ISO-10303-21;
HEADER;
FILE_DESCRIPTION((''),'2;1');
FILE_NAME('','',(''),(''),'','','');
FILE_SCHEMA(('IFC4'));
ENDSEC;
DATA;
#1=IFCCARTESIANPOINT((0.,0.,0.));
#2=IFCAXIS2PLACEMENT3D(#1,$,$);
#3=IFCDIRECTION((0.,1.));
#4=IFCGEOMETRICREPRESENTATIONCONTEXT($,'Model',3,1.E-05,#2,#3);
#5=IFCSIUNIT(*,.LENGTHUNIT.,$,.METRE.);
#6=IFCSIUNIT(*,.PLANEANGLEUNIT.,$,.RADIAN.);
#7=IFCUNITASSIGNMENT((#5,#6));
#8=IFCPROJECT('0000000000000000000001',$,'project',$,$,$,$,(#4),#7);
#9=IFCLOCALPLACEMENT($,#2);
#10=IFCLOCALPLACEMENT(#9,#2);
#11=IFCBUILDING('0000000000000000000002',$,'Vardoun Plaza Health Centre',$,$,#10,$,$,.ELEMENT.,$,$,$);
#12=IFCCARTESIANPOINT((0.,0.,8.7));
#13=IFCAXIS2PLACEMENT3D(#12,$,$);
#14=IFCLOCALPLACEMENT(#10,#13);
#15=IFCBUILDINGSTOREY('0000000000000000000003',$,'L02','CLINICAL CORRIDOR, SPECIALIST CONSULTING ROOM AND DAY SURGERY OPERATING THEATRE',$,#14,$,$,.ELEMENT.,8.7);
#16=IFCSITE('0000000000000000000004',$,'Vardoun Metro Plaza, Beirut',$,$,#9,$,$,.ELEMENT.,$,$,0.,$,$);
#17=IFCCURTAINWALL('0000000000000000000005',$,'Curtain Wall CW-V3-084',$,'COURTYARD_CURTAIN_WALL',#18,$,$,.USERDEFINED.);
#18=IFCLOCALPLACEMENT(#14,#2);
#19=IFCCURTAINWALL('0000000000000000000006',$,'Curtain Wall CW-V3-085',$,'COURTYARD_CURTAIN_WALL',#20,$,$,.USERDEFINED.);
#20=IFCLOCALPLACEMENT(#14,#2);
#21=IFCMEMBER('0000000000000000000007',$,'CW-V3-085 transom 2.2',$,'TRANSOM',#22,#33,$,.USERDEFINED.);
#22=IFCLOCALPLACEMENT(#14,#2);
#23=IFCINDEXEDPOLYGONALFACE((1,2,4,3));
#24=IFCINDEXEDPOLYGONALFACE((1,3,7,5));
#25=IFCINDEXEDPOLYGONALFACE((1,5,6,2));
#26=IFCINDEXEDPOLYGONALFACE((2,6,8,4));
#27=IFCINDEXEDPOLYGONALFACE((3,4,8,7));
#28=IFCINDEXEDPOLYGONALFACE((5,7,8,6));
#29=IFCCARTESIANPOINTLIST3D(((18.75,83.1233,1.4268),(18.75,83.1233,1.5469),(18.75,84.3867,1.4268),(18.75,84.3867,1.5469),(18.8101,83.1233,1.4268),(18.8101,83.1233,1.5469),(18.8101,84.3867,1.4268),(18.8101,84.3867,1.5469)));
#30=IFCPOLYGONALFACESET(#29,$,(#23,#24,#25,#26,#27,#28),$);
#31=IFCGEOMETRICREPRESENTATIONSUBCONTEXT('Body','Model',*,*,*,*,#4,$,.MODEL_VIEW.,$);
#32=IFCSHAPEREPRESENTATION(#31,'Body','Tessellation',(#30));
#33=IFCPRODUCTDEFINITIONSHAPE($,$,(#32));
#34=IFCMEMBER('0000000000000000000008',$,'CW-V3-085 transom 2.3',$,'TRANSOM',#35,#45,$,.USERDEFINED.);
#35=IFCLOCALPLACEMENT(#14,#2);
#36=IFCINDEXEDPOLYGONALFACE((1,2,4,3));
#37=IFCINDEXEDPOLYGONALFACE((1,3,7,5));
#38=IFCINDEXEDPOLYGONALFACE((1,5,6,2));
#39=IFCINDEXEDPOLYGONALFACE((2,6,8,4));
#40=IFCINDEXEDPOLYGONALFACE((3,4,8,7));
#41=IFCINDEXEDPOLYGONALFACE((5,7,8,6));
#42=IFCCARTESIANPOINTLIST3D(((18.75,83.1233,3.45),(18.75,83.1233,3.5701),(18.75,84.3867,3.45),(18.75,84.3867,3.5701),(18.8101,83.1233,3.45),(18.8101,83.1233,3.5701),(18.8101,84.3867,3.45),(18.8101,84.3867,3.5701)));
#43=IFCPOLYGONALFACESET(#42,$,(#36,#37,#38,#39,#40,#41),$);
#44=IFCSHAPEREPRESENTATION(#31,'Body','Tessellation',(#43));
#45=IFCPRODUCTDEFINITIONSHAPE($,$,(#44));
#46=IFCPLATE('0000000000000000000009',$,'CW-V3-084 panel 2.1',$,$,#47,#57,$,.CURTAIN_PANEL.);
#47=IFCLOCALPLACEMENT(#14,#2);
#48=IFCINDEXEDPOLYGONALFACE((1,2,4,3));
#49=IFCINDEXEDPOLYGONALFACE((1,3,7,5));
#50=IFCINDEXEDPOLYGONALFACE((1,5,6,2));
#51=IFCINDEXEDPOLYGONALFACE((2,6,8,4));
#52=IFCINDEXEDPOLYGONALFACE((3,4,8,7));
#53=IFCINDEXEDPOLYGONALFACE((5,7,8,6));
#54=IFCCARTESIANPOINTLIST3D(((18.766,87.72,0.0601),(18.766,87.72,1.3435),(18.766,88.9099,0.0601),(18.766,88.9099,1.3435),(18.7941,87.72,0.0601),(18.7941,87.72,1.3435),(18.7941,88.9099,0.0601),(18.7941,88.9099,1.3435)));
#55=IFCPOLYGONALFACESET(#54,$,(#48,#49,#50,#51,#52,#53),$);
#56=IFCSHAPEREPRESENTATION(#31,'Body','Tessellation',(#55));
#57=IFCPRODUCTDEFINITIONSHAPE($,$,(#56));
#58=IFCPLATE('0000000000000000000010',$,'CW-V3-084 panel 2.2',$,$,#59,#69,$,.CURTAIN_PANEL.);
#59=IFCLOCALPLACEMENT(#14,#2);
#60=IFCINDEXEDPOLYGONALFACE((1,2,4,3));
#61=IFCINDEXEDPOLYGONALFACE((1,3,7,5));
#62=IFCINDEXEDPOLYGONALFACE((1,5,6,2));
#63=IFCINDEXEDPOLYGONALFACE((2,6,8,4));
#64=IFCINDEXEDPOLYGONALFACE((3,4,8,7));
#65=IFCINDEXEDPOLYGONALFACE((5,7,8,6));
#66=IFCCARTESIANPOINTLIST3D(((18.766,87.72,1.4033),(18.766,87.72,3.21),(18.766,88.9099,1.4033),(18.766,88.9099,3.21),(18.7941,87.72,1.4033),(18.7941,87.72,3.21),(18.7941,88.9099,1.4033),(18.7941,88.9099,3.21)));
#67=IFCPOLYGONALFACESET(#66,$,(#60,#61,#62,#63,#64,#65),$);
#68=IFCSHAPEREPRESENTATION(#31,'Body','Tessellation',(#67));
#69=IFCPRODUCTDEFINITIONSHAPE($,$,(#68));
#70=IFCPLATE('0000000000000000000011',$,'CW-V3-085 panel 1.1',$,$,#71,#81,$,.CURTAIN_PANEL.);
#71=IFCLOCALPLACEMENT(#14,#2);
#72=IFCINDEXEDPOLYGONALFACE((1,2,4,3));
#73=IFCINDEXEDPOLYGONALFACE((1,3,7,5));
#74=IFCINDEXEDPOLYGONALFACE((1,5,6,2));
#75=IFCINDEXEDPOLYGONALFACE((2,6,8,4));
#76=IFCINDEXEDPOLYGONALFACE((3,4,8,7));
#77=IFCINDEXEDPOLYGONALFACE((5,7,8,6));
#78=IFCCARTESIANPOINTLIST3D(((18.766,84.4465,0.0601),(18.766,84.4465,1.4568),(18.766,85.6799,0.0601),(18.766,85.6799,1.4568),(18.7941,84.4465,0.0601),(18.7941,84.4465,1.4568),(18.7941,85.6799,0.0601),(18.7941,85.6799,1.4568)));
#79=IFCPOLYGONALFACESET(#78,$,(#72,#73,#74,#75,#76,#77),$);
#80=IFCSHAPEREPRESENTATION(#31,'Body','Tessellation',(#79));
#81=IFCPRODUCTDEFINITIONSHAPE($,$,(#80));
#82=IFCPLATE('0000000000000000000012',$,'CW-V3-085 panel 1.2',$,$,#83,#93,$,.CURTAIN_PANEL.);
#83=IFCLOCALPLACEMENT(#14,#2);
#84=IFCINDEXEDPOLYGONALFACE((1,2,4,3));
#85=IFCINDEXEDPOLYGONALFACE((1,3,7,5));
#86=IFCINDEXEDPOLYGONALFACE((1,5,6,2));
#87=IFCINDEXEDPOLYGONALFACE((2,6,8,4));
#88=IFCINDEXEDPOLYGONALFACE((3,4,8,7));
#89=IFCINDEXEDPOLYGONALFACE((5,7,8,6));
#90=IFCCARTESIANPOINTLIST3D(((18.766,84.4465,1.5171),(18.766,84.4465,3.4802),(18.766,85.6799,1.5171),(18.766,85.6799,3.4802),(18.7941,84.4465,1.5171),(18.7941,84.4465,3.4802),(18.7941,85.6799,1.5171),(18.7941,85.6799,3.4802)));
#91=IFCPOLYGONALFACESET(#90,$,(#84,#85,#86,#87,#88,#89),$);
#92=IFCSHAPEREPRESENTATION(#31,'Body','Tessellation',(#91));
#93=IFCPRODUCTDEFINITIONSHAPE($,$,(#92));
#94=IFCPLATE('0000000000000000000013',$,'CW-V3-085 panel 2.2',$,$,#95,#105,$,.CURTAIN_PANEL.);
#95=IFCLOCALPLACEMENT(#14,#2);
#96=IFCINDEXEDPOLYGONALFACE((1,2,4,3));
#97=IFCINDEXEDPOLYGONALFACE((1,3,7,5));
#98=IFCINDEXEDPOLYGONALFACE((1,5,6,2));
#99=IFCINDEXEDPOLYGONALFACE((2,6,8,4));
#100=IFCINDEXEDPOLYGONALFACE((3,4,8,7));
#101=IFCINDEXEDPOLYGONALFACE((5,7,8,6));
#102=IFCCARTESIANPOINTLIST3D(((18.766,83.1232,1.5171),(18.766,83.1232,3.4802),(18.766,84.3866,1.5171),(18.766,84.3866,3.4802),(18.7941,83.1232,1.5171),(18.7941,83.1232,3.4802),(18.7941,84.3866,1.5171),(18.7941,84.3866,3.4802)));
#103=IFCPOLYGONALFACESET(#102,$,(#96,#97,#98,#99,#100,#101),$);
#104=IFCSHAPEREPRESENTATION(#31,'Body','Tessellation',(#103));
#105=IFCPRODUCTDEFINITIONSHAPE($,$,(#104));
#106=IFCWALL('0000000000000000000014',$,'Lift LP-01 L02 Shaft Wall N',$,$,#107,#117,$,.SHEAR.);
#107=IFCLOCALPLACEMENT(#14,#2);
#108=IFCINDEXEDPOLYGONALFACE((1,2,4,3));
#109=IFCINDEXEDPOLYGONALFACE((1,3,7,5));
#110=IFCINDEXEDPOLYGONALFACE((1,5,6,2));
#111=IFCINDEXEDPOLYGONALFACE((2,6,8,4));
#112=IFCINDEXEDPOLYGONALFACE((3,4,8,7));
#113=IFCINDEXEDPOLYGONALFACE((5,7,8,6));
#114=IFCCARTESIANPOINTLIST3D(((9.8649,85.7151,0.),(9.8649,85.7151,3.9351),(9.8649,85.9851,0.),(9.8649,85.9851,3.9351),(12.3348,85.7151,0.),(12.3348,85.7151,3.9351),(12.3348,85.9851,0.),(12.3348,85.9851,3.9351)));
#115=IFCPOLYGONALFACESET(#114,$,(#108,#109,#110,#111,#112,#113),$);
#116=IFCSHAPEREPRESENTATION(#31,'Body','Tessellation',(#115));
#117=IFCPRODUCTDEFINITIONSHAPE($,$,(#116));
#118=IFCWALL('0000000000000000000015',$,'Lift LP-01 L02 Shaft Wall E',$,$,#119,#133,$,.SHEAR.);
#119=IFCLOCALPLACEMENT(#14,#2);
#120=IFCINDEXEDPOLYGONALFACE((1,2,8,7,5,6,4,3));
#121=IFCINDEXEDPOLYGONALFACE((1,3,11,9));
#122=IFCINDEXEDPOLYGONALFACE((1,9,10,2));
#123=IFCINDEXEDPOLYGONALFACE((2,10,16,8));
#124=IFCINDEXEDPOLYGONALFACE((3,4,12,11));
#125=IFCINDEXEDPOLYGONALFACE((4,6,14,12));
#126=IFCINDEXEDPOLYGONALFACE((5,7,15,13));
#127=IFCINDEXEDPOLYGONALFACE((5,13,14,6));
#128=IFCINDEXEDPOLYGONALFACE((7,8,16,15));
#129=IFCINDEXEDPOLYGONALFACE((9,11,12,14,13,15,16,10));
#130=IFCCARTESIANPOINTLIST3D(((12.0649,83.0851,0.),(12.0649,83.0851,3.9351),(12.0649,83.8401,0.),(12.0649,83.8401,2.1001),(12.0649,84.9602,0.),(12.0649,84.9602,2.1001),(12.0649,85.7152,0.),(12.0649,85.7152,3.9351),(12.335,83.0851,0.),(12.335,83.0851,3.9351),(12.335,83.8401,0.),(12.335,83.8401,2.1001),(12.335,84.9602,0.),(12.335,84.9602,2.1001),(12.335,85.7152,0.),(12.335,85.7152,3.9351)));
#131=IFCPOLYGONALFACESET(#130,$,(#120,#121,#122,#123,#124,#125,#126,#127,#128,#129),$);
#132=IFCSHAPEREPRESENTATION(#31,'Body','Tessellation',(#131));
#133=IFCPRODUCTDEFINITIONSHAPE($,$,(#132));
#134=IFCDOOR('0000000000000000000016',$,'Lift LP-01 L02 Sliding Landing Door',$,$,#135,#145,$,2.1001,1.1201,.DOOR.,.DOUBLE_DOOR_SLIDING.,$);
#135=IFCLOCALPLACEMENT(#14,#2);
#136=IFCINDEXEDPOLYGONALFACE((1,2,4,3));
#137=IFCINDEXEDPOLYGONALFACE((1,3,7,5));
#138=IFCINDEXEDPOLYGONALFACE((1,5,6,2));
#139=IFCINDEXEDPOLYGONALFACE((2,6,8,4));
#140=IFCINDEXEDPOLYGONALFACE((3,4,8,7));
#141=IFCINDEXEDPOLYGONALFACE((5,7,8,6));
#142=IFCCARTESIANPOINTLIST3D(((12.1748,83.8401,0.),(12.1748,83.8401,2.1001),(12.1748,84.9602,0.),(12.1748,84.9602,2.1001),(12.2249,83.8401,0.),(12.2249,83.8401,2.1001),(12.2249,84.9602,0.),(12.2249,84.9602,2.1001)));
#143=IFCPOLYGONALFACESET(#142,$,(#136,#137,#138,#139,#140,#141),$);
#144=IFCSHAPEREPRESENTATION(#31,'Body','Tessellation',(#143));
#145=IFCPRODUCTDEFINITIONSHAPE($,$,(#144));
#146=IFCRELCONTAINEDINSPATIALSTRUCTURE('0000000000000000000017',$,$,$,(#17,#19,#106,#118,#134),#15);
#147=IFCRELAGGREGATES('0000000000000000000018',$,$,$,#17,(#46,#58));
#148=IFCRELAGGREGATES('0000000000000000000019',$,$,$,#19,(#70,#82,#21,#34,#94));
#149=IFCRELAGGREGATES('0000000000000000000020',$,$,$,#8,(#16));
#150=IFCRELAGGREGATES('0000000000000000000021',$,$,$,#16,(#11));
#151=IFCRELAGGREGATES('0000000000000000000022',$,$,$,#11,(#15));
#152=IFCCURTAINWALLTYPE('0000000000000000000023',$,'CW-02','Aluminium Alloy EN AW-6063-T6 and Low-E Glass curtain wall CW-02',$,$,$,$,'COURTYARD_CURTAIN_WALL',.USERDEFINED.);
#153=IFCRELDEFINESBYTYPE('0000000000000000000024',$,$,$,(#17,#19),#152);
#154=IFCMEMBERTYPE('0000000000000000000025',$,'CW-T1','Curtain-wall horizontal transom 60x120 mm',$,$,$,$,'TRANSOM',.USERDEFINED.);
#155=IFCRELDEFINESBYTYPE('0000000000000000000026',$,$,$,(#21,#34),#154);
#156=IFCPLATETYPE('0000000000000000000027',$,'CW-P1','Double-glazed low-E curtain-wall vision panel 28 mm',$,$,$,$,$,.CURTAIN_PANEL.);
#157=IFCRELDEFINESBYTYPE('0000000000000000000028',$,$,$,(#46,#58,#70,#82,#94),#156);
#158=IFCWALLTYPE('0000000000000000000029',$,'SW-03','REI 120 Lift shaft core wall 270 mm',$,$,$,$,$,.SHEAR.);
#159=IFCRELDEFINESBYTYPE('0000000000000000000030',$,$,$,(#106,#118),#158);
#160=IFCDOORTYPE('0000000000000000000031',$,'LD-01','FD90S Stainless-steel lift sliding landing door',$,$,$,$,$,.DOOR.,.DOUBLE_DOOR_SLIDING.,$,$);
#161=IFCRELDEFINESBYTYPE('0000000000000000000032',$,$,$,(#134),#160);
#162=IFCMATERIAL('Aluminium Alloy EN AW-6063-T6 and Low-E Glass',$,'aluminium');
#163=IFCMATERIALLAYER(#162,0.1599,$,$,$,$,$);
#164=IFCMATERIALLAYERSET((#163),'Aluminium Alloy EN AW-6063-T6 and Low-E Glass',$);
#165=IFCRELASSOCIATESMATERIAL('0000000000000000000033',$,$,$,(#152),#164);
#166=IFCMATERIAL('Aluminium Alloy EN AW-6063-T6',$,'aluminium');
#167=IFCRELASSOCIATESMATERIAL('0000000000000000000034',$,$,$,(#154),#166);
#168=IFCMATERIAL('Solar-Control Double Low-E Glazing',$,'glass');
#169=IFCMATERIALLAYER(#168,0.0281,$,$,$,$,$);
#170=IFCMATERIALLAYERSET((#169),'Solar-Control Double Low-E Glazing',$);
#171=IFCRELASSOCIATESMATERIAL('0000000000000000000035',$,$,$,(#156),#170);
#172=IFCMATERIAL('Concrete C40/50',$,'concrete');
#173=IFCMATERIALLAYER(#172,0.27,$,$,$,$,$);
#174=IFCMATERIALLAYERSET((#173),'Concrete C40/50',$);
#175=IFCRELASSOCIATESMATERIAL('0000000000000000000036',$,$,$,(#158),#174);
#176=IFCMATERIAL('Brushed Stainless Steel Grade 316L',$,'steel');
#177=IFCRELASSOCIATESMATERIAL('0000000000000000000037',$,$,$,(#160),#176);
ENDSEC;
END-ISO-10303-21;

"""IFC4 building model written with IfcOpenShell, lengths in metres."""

from ifc_helpers import new_model, si_unit, direction, frame, frame_2d, origin, origin_2d, place, context, subcontext, project, spatial, rectangle, extrude, material, layer, layer_set, material_profile, profile_set, type_object, element, fill, aggregate, save


model = new_model("IFC4")

# Units and contexts
model_context = context("Model", 3, precision=1e-05, world=origin(), true_north=direction((0.0, 1.0)))
body_context = subcontext(model_context, "Body", "Model", "MODEL_VIEW")
ifc_project = project(units=[si_unit("LENGTHUNIT", "METRE"), si_unit("PLANEANGLEUNIT", "RADIAN")], contexts=[model_context])

# Site, building, storey
site_placement = place(None, origin())
site = spatial("IfcSite", under=ifc_project, at=site_placement, Name="Vardoun Metro Plaza, Beirut", CompositionType="ELEMENT", RefElevation=0.0)
building_placement = place(site_placement, origin())
building = spatial("IfcBuilding", under=site, at=building_placement, Name="Vardoun Plaza Health Centre", CompositionType="ELEMENT")
storey_placement = place(building_placement, frame((0.0, 0.0, 8.7)))
storey = spatial("IfcBuildingStorey", under=building, at=storey_placement, Name="L02", Description="CLINICAL CORRIDOR, SPECIALIST CONSULTING ROOM AND DAY SURGERY OPERATING THEATRE", CompositionType="ELEMENT", Elevation=8.7)

# Curtain wall
ifc_material_1 = material(Name="Aluminium Alloy EN AW-6063-T6 and Low-E Glass", Category="aluminium")
ifc_layer_1 = layer(ifc_material_1, 0.1599)
ifc_layer_set_1 = layer_set([ifc_layer_1], Name="Aluminium Alloy EN AW-6063-T6 and Low-E Glass")
curtain_wall_type = type_object("IfcCurtainWallType", Name="CW-02", Description="Aluminium Alloy EN AW-6063-T6 and Low-E Glass curtain wall CW-02", ElementType="COURTYARD_CURTAIN_WALL", PredefinedType="USERDEFINED", material=ifc_layer_set_1)
curtain_wall_1_placement = place(storey_placement, origin())
curtain_wall_1 = element("IfcCurtainWall", 1, at=curtain_wall_1_placement, inside=storey, type_object=curtain_wall_type, Name="Curtain Wall CW-V3-084", ObjectType="COURTYARD_CURTAIN_WALL", PredefinedType="USERDEFINED")

# Curtain wall, members
curtain_wall_2_placement = place(storey_placement, origin())
curtain_wall_2 = element("IfcCurtainWall", 2, at=curtain_wall_2_placement, inside=storey, type_object=curtain_wall_type, Name="Curtain Wall CW-V3-085", ObjectType="COURTYARD_CURTAIN_WALL", PredefinedType="USERDEFINED")
ifc_material_2 = material(Name="Aluminium Alloy EN AW-6063-T6", Category="aluminium")
ifc_material_profile_1 = material_profile(ifc_material_2, rectangle(XDim=0.0601, YDim=0.1201, at=origin_2d()), Name="CWT 60x120")
ifc_profile_set_1 = profile_set([ifc_material_profile_1], Name="Aluminium Alloy EN AW-6063-T6")
member_type_1 = type_object("IfcMemberType", Name="CW-T1", Description="Curtain-wall horizontal transom 60x120 mm", ElementType="TRANSOM", PredefinedType="USERDEFINED", material=ifc_profile_set_1)
member_1_placement = place(storey_placement, frame((18.78, 84.3867, 1.4868), z_axis=(0.0, -1.0, 0.0), x_axis=(1.0, 0.0, 0.0)))
member_1 = element("IfcMember", 3, at=member_1_placement, type_object=member_type_1, Name="CW-V3-085 transom 2.2", ObjectType="TRANSOM", PredefinedType="USERDEFINED", context=body_context, shape_type="SweptSolid", body=[
    extrude(rectangle(XDim=0.0601, YDim=0.1201, at=origin_2d()), origin(), (0.0, 0.0, 1.0), 1.2634),
])
member_2_placement = place(storey_placement, frame((18.78, 84.3867, 3.51), z_axis=(0.0, -1.0, 0.0), x_axis=(1.0, 0.0, 0.0)))
member_2 = element("IfcMember", 4, at=member_2_placement, type_object=member_type_1, Name="CW-V3-085 transom 2.3", ObjectType="TRANSOM", PredefinedType="USERDEFINED", context=body_context, shape_type="SweptSolid", body=[
    extrude(rectangle(XDim=0.0601, YDim=0.1201, at=origin_2d()), origin(), (0.0, 0.0, 1.0), 1.2634),
])

# Plates
ifc_material_3 = material(Name="Solar-Control Double Low-E Glazing", Category="glass")
ifc_layer_2 = layer(ifc_material_3, 0.0281)
ifc_layer_set_2 = layer_set([ifc_layer_2], Name="Solar-Control Double Low-E Glazing")
plate_type = type_object("IfcPlateType", Name="CW-P1", Description="Double-glazed low-E curtain-wall vision panel 28 mm", PredefinedType="CURTAIN_PANEL", material=ifc_layer_set_2)
plate_1_placement = place(storey_placement, frame((18.78, 88.3149, 0.0601), z_axis=(0.0, 0.0, 1.0), x_axis=(0.0, -1.0, 0.0)))
plate_1 = element("IfcPlate", 5, at=plate_1_placement, type_object=plate_type, Name="CW-V3-084 panel 2.1", PredefinedType="CURTAIN_PANEL", context=body_context, shape_type="SweptSolid", body=[
    extrude(rectangle(XDim=1.1899, YDim=0.0281, at=origin_2d()), origin(), (0.0, 0.0, 1.0), 1.2834),
])
plate_2_placement = place(storey_placement, frame((18.78, 88.3149, 1.4033), z_axis=(0.0, 0.0, 1.0), x_axis=(0.0, -1.0, 0.0)))
plate_2 = element("IfcPlate", 6, at=plate_2_placement, type_object=plate_type, Name="CW-V3-084 panel 2.2", PredefinedType="CURTAIN_PANEL", context=body_context, shape_type="SweptSolid", body=[
    extrude(rectangle(XDim=1.1899, YDim=0.0281, at=origin_2d()), origin(), (0.0, 0.0, 1.0), 1.8066),
])
aggregate(curtain_wall_1, [plate_1, plate_2])
plate_3_placement = place(storey_placement, frame((18.78, 85.0632, 0.0601), z_axis=(0.0, 0.0, 1.0), x_axis=(0.0, -1.0, 0.0)))
plate_3 = element("IfcPlate", 7, at=plate_3_placement, type_object=plate_type, Name="CW-V3-085 panel 1.1", PredefinedType="CURTAIN_PANEL", context=body_context, shape_type="SweptSolid", body=[
    extrude(rectangle(XDim=1.2334, YDim=0.0281, at=origin_2d()), origin(), (0.0, 0.0, 1.0), 1.3967),
])
plate_4_placement = place(storey_placement, frame((18.78, 85.0632, 1.5171), z_axis=(0.0, 0.0, 1.0), x_axis=(0.0, -1.0, 0.0)))
plate_4 = element("IfcPlate", 8, at=plate_4_placement, type_object=plate_type, Name="CW-V3-085 panel 1.2", PredefinedType="CURTAIN_PANEL", context=body_context, shape_type="SweptSolid", body=[
    extrude(rectangle(XDim=1.2334, YDim=0.0281, at=origin_2d()), origin(), (0.0, 0.0, 1.0), 1.9631),
])
plate_5_placement = place(storey_placement, frame((18.78, 83.7549, 1.5171), z_axis=(0.0, 0.0, 1.0), x_axis=(0.0, -1.0, 0.0)))
plate_5 = element("IfcPlate", 9, at=plate_5_placement, type_object=plate_type, Name="CW-V3-085 panel 2.2", PredefinedType="CURTAIN_PANEL", context=body_context, shape_type="SweptSolid", body=[
    extrude(rectangle(XDim=1.2634, YDim=0.0281, at=origin_2d()), origin(), (0.0, 0.0, 1.0), 1.9631),
])
aggregate(curtain_wall_2, [plate_3, plate_4, member_1, member_2, plate_5])

# Wall
ifc_material_4 = material(Name="Concrete C40/50", Category="concrete")
ifc_layer_3 = layer(ifc_material_4, 0.27)
ifc_layer_set_3 = layer_set([ifc_layer_3], Name="Concrete C40/50")
wall_type_1 = type_object("IfcWallType", Name="SW-03", Description="REI 120 Lift shaft core wall 270 mm", PredefinedType="SHEAR", material=ifc_layer_set_3)
wall_1_placement = place(storey_placement, frame((9.865, 85.8501, 0.0), z_axis=(0.0, 0.0, 1.0), x_axis=(1.0, 0.0, 0.0)))
element("IfcWall", 10, at=wall_1_placement, inside=storey, type_object=wall_type_1, Name="Lift LP-01 L02 Shaft Wall N", PredefinedType="SHEAR", context=body_context, shape_type="SweptSolid", body=[
    extrude(rectangle(XDim=2.47, YDim=0.27, at=frame_2d((1.2349, 0.0))), origin(), (0.0, 0.0, 1.0), 3.9351),
])

# Wall, opening, door
wall_2_placement = place(storey_placement, frame((12.2, 85.7151, 0.0), z_axis=(0.0, 0.0, 1.0), x_axis=(0.0, -1.0, 0.0)))
wall_2 = element("IfcWall", 11, at=wall_2_placement, inside=storey, type_object=wall_type_1, Name="Lift LP-01 L02 Shaft Wall E", PredefinedType="SHEAR", context=body_context, shape_type="SweptSolid", body=[
    extrude(rectangle(XDim=2.6301, YDim=0.27, at=frame_2d((1.3149, 0.0))), origin(), (0.0, 0.0, 1.0), 3.9351),
])
opening_1_placement = place(wall_2_placement, frame((0.7549, 0.0, 0.0)))
opening_1 = element("IfcOpeningElement", 12, at=opening_1_placement, cuts=wall_2, PredefinedType="OPENING", context=body_context, shape_type="SweptSolid", body=[
    extrude(rectangle(XDim=1.1201, YDim=2.1001, at=frame_2d((0.5601, 1.05))), frame((0.0, 0.135, 0.0), z_axis=(0.0, -1.0, 0.0), x_axis=(1.0, 0.0, 0.0)), (0.0, 0.0, 1.0), 0.27),
])
ifc_material_5 = material(Name="Brushed Stainless Steel Grade 316L", Category="steel")
door_type = type_object("IfcDoorType", Name="LD-01", Description="FD90S Stainless-steel lift sliding landing door", OperationType="DOUBLE_DOOR_SLIDING", PredefinedType="DOOR", material=ifc_material_5)
door_placement = place(opening_1_placement, origin())
door = element("IfcDoor", 13, at=door_placement, inside=storey, type_object=door_type, Name="Lift LP-01 L02 Sliding Landing Door", OperationType="DOUBLE_DOOR_SLIDING", OverallHeight=2.1001, OverallWidth=1.1201, PredefinedType="DOOR", context=body_context, shape_type="SweptSolid", body=[
    extrude(rectangle(XDim=1.1201, YDim=2.1001, at=frame_2d((0.5601, 1.05))), frame((0.0, 0.0249, 0.0), z_axis=(0.0, -1.0, 0.0), x_axis=(1.0, 0.0, 0.0)), (0.0, 0.0, 1.0), 0.05),
])
fill(opening_1, door)

save(model, "model.ifc")
